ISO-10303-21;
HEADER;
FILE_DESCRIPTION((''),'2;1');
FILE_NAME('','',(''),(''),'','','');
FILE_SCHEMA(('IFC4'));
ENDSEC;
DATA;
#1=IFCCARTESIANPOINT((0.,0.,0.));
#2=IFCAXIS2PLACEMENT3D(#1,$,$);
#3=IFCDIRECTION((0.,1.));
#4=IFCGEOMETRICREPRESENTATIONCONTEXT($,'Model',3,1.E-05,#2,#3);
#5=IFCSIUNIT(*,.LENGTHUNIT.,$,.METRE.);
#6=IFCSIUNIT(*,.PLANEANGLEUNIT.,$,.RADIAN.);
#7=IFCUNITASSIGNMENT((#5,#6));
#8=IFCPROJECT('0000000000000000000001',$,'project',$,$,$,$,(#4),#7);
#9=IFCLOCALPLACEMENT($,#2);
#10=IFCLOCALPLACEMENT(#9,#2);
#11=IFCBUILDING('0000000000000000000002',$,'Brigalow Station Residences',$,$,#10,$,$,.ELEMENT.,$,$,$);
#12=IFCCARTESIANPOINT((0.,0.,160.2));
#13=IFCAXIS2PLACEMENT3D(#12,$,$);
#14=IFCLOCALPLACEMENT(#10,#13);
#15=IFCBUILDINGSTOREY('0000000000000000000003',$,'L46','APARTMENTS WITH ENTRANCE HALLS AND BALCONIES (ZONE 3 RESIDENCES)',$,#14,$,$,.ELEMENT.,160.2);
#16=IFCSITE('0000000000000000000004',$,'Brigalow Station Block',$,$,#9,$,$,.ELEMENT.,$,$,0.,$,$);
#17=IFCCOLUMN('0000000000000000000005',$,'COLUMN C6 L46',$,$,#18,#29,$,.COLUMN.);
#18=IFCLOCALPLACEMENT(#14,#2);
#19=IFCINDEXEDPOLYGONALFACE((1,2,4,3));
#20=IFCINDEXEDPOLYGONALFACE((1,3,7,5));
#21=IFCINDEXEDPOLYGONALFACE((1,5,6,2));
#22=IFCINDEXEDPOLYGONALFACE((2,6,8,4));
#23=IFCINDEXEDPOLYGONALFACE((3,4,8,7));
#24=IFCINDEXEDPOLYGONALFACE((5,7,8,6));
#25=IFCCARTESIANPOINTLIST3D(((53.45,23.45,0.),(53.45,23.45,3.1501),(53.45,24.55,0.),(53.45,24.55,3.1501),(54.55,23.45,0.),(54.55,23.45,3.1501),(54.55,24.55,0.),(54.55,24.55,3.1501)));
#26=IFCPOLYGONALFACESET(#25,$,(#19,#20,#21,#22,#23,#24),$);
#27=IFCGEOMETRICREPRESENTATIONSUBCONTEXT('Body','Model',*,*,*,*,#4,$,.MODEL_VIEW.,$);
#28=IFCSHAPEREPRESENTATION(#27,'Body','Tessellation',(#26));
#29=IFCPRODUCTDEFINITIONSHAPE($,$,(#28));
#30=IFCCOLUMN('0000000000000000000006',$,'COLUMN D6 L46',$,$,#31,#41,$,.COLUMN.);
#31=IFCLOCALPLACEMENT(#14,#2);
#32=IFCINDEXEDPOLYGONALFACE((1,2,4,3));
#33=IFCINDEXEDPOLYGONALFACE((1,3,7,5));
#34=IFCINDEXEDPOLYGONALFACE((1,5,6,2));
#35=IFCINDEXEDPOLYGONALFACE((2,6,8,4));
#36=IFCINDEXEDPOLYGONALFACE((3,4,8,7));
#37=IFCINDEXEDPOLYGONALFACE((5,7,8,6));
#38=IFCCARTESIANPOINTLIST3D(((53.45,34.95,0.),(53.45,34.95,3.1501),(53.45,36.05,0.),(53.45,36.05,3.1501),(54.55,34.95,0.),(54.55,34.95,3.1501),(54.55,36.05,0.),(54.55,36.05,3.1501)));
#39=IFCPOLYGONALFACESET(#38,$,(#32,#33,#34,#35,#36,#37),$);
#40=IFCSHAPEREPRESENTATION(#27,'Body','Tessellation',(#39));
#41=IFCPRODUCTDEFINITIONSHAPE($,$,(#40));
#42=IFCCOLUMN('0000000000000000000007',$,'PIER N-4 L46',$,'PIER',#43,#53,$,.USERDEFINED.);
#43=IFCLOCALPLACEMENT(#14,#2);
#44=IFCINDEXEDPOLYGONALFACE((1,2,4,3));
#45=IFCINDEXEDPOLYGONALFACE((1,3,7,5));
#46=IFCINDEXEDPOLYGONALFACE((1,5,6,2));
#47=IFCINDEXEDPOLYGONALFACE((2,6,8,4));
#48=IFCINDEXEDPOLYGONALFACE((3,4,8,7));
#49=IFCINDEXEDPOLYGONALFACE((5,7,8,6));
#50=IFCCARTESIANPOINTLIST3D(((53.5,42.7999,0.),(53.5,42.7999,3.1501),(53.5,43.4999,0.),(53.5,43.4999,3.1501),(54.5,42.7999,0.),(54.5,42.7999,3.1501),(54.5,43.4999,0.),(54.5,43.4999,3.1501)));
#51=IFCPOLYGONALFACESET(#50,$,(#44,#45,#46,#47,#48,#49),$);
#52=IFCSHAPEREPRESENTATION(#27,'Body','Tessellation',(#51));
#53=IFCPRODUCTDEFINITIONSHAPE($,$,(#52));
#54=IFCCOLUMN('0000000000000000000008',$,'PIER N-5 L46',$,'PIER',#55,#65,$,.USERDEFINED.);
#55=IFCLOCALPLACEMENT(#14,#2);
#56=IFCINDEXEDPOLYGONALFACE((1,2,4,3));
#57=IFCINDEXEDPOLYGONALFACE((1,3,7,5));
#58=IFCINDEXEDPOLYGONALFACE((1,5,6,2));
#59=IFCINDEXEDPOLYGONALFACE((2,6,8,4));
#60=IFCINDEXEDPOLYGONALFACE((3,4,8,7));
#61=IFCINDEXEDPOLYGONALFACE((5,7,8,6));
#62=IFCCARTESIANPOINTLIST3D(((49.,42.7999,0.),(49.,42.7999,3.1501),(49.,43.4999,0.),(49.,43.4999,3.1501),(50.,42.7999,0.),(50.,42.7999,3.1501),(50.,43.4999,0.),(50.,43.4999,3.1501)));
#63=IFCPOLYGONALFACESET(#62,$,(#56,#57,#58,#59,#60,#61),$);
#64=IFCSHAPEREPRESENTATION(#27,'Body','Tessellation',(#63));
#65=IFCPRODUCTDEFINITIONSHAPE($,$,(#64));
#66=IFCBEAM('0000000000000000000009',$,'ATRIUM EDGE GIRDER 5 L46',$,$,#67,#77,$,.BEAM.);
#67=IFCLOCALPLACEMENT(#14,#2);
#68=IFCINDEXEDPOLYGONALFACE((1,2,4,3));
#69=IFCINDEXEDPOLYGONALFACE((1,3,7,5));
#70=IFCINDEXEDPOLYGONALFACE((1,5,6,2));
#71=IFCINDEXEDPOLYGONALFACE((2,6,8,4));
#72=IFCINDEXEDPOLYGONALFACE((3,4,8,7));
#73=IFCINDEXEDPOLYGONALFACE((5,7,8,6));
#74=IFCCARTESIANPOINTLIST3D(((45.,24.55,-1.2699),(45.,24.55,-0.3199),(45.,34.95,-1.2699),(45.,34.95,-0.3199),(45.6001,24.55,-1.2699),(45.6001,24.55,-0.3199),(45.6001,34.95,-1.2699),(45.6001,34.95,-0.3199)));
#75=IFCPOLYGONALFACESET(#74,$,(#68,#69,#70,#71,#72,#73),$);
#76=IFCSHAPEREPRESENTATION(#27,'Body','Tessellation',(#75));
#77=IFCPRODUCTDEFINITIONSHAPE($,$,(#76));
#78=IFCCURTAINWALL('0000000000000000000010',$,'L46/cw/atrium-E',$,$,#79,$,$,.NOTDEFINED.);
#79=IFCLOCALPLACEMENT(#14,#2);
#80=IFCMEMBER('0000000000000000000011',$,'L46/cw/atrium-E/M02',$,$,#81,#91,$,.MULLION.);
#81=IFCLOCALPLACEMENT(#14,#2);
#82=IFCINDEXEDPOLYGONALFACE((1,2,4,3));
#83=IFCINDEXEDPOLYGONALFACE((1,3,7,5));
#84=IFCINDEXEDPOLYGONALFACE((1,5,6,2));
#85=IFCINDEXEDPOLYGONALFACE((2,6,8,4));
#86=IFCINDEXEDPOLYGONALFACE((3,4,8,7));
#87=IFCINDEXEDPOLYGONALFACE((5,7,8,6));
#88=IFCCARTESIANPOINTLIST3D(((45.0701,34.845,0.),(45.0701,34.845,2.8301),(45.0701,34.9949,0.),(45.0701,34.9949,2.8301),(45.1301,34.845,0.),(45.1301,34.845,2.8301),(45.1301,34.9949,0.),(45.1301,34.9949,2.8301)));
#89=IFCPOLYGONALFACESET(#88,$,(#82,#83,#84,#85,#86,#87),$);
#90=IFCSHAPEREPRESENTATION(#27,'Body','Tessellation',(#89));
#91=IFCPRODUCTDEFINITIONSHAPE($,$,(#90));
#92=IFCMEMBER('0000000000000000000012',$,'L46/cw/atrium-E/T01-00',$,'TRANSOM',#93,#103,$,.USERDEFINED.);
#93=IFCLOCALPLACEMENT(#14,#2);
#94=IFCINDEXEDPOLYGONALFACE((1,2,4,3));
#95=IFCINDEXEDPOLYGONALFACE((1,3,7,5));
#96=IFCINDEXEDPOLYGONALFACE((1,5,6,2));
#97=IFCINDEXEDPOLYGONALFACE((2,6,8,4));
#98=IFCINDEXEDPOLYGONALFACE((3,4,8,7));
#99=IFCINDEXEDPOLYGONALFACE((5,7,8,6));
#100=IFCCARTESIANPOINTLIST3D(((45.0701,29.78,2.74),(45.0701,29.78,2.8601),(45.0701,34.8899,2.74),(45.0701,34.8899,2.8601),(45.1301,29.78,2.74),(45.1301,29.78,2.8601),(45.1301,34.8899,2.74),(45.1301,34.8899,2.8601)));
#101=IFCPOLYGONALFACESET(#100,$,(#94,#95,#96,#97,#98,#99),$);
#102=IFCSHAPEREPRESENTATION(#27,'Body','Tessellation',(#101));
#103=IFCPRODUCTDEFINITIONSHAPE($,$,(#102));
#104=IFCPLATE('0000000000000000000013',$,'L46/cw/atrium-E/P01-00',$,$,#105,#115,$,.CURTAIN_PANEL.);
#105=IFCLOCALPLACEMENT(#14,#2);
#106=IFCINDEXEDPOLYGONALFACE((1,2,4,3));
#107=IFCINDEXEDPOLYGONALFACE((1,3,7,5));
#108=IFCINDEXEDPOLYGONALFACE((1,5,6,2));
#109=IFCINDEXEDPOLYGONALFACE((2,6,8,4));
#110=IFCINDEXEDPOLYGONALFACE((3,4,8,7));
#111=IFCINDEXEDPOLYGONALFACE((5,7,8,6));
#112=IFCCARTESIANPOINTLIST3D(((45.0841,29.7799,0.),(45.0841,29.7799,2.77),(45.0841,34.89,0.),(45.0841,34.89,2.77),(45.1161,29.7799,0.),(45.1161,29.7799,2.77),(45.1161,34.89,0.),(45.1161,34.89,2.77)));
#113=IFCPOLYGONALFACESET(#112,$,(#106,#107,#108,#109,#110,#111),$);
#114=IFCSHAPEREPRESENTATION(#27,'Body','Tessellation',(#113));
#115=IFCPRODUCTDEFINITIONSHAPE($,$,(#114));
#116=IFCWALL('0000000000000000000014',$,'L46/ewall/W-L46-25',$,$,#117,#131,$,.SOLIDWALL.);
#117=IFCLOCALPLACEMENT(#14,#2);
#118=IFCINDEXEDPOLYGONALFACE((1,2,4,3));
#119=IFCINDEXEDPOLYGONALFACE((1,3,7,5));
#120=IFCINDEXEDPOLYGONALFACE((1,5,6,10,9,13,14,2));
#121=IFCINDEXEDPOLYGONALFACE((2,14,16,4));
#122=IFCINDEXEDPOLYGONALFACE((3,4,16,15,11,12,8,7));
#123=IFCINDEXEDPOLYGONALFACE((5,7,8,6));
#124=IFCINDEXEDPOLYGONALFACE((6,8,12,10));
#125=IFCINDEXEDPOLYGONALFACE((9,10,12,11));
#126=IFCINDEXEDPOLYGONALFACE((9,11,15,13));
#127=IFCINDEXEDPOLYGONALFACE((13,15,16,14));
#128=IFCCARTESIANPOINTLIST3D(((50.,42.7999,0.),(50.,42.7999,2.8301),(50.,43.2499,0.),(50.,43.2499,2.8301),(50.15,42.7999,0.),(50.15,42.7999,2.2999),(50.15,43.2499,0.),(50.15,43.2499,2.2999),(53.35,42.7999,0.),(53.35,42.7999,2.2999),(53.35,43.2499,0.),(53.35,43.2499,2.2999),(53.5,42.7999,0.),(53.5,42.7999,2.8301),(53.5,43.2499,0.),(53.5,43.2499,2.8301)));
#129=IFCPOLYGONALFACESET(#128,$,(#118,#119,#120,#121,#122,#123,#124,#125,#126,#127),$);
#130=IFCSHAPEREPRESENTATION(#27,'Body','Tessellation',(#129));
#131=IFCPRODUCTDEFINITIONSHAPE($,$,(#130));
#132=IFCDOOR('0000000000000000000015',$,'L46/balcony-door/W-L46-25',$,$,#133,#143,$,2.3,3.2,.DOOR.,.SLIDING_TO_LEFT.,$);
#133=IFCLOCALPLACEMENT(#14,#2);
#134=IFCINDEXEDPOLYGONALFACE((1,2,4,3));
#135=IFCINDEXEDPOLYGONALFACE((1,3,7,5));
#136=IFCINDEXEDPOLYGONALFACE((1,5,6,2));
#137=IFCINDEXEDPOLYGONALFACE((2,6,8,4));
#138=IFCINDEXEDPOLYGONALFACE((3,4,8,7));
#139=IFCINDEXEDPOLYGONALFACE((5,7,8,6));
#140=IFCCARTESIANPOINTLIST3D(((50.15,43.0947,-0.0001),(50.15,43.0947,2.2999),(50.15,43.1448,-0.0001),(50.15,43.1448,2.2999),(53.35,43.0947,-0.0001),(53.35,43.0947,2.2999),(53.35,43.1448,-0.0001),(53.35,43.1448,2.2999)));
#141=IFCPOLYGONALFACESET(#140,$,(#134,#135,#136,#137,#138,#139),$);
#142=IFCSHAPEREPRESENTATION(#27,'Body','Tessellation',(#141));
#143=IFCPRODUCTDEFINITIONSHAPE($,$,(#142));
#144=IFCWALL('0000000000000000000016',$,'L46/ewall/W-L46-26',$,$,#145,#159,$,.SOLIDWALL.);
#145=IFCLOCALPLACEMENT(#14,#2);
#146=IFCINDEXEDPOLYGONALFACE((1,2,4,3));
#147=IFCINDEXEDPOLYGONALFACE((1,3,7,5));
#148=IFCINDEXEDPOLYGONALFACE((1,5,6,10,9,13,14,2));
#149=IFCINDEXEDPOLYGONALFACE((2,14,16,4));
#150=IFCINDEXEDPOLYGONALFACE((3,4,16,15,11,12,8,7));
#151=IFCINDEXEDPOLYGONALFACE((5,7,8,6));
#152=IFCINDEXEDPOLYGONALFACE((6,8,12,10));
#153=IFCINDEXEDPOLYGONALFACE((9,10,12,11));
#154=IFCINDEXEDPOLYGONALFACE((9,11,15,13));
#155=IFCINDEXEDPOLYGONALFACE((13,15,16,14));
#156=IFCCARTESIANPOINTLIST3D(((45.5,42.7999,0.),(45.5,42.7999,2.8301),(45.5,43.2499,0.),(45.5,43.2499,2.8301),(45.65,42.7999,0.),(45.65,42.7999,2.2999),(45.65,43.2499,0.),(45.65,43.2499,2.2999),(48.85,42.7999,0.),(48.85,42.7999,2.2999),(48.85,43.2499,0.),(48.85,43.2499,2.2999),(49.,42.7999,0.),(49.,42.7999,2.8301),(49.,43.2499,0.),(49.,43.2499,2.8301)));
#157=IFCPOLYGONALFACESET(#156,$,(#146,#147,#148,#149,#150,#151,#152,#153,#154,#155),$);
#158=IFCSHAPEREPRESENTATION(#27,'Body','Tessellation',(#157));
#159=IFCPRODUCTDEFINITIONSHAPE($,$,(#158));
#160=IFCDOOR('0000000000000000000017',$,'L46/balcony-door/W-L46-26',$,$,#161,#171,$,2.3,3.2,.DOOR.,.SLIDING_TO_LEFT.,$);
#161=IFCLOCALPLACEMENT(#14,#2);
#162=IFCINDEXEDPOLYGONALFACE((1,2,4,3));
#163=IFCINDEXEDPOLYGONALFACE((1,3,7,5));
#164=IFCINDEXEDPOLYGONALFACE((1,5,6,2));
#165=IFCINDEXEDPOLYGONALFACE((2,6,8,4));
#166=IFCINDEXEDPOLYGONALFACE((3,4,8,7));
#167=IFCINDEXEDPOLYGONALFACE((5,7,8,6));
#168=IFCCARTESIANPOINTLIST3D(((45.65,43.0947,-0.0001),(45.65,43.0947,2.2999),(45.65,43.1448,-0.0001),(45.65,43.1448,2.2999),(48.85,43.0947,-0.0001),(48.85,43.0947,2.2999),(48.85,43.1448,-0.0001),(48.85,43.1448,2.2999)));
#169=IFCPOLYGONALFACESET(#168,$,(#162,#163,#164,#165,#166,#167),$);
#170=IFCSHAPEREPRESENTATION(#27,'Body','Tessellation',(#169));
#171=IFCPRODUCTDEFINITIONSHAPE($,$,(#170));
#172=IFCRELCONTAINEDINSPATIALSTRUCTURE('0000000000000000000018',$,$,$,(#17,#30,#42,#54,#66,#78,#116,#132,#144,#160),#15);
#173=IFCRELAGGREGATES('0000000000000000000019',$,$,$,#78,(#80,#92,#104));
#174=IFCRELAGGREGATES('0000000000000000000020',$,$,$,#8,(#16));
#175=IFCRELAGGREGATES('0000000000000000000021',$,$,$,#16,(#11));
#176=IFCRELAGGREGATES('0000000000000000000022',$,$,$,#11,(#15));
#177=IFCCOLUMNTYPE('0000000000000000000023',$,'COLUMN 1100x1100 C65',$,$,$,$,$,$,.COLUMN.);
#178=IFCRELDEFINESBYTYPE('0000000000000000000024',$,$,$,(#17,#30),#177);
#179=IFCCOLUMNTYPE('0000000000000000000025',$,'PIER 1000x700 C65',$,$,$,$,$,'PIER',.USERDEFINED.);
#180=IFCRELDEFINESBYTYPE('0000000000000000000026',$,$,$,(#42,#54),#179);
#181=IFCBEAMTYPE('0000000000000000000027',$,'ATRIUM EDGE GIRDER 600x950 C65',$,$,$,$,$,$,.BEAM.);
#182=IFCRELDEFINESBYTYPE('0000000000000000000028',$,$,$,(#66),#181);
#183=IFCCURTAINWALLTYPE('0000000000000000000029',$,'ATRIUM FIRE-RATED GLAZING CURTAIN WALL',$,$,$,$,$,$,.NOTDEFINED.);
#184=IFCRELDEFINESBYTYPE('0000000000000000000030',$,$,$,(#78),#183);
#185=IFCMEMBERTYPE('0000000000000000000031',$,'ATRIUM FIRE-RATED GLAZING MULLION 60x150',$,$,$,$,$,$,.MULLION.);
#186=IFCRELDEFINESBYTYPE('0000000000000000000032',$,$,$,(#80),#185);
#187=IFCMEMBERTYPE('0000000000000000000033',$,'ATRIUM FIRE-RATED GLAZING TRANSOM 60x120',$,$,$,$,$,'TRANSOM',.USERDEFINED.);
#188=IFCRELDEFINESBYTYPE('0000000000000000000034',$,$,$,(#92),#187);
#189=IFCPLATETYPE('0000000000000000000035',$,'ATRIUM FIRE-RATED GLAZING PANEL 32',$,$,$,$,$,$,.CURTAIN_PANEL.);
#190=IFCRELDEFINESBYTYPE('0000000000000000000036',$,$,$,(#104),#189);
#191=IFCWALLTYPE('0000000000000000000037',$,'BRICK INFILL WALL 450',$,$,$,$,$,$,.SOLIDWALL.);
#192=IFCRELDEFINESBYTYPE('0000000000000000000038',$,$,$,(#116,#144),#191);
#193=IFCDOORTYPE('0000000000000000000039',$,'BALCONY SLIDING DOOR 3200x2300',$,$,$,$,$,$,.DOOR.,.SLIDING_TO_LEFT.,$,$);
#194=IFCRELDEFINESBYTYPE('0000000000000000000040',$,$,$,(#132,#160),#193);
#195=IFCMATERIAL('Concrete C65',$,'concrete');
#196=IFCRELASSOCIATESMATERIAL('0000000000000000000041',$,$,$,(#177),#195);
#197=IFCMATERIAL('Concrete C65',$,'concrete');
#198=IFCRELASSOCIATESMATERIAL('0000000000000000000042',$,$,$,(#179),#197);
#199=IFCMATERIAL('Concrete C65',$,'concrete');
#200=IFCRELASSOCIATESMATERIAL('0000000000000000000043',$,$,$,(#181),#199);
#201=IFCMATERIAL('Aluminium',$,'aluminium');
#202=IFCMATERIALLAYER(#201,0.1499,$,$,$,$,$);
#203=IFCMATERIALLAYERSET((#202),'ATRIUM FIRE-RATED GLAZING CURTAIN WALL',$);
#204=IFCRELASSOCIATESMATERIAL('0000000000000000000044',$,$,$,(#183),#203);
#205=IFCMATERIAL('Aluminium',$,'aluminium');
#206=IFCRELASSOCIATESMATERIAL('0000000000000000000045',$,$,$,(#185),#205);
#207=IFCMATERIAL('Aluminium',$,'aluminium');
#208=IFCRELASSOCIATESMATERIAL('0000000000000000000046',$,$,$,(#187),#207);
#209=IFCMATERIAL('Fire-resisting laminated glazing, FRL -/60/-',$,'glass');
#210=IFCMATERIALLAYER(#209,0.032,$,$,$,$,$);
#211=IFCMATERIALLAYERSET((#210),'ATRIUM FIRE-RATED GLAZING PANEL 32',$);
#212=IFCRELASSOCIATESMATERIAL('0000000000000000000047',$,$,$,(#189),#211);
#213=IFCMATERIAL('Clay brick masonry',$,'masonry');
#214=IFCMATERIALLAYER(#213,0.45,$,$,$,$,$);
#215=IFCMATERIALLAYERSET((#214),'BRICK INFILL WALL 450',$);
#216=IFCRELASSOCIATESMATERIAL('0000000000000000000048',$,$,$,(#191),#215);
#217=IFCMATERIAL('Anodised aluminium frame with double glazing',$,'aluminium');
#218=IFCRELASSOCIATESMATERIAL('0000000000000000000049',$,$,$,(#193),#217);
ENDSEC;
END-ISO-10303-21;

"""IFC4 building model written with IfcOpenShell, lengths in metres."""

from ifc_helpers import new_model, si_unit, direction, frame, frame_2d, origin, origin_2d, place, context, subcontext, project, spatial, rectangle, extrude, material, layer, layer_set, material_profile, profile_set, type_object, element, fill, aggregate, save


model = new_model("IFC4")

# Units and contexts
model_context = context("Model", 3, precision=1e-05, world=origin(), true_north=direction((0.0, 1.0)))
body_context = subcontext(model_context, "Body", "Model", "MODEL_VIEW")
ifc_project = project(units=[si_unit("LENGTHUNIT", "METRE"), si_unit("PLANEANGLEUNIT", "RADIAN")], contexts=[model_context])

# Site, building, storey
site_placement = place(None, origin())
site = spatial("IfcSite", under=ifc_project, at=site_placement, Name="Brigalow Station Block", CompositionType="ELEMENT", RefElevation=0.0)
building_placement = place(site_placement, origin())
building = spatial("IfcBuilding", under=site, at=building_placement, Name="Brigalow Station Residences", CompositionType="ELEMENT")
storey_placement = place(building_placement, frame((0.0, 0.0, 160.2)))
storey = spatial("IfcBuildingStorey", under=building, at=storey_placement, Name="L46", Description="APARTMENTS WITH ENTRANCE HALLS AND BALCONIES (ZONE 3 RESIDENCES)", CompositionType="ELEMENT", Elevation=160.2)

# Columns
ifc_material_1 = material(Name="Concrete C65", Category="concrete")
ifc_material_profile_1 = material_profile(ifc_material_1, rectangle(XDim=1.1001, YDim=1.1001, at=origin_2d()), Name="RC1100x1100")
ifc_profile_set_1 = profile_set([ifc_material_profile_1], Name="Concrete C65")
column_type_1 = type_object("IfcColumnType", Name="COLUMN 1100x1100 C65", PredefinedType="COLUMN", material=ifc_profile_set_1)
for number, where, z_axis, x_axis, name in (
    (1, (54.0, 24.0, 0.0), (0.0, 0.0, 1.0), (1.0, 0.0, 0.0), "COLUMN C6 L46"),
    (2, (54.0, 35.5, 0.0), (0.0, 0.0, 1.0), (1.0, 0.0, 0.0), "COLUMN D6 L46"),
):
    element("IfcColumn", number, at=place(storey_placement, frame(where, z_axis=z_axis, x_axis=x_axis)), inside=storey, type_object=column_type_1, Name=name, PredefinedType="COLUMN", context=body_context, shape_type="SweptSolid", body=[
        extrude(rectangle(XDim=1.1001, YDim=1.1001, at=origin_2d()), origin(), (0.0, 0.0, 1.0), 3.1501),
    ])
ifc_material_2 = material(Name="Concrete C65", Category="concrete")
ifc_material_profile_2 = material_profile(ifc_material_2, rectangle(XDim=1.0, YDim=0.7, at=origin_2d()), Name="RC1000x700")
ifc_profile_set_2 = profile_set([ifc_material_profile_2], Name="Concrete C65")
column_type_2 = type_object("IfcColumnType", Name="PIER 1000x700 C65", ElementType="PIER", PredefinedType="USERDEFINED", material=ifc_profile_set_2)
for number, where, z_axis, x_axis, name in (
    (3, (54.0, 43.1499, 0.0), (0.0, 0.0, 1.0), (-1.0, 0.0, 0.0), "PIER N-4 L46"),
    (4, (49.5, 43.1499, 0.0), (0.0, 0.0, 1.0), (-1.0, 0.0, 0.0), "PIER N-5 L46"),
):
    element("IfcColumn", number, at=place(storey_placement, frame(where, z_axis=z_axis, x_axis=x_axis)), inside=storey, type_object=column_type_2, Name=name, ObjectType="PIER", PredefinedType="USERDEFINED", context=body_context, shape_type="SweptSolid", body=[
        extrude(rectangle(XDim=1.0, YDim=0.7, at=origin_2d()), origin(), (0.0, 0.0, 1.0), 3.1501),
    ])

# Beam
ifc_material_3 = material(Name="Concrete C65", Category="concrete")
ifc_material_profile_3 = material_profile(ifc_material_3, rectangle(XDim=0.6001, YDim=0.95, at=origin_2d()), Name="RC600x950")
ifc_profile_set_3 = profile_set([ifc_material_profile_3], Name="Concrete C65")
beam_type = type_object("IfcBeamType", Name="ATRIUM EDGE GIRDER 600x950 C65", PredefinedType="BEAM", material=ifc_profile_set_3)
beam_placement = place(storey_placement, frame((45.3, 24.55, -0.7949), z_axis=(0.0, 1.0, 0.0), x_axis=(-1.0, 0.0, 0.0)))
element("IfcBeam", 5, at=beam_placement, inside=storey, type_object=beam_type, Name="ATRIUM EDGE GIRDER 5 L46", PredefinedType="BEAM", context=body_context, shape_type="SweptSolid", body=[
    extrude(rectangle(XDim=0.6001, YDim=0.95, at=origin_2d()), origin(), (0.0, 0.0, 1.0), 10.3999),
])

# Curtain wall, members, plate
ifc_material_4 = material(Name="Aluminium", Category="aluminium")
ifc_layer_1 = layer(ifc_material_4, 0.1499)
ifc_layer_set_1 = layer_set([ifc_layer_1], Name="ATRIUM FIRE-RATED GLAZING CURTAIN WALL")
curtain_wall_type = type_object("IfcCurtainWallType", Name="ATRIUM FIRE-RATED GLAZING CURTAIN WALL", PredefinedType="NOTDEFINED", material=ifc_layer_set_1)
curtain_wall_placement = place(storey_placement, origin())
curtain_wall = element("IfcCurtainWall", 6, at=curtain_wall_placement, inside=storey, type_object=curtain_wall_type, Name="L46/cw/atrium-E", PredefinedType="NOTDEFINED")
ifc_material_5 = material(Name="Aluminium", Category="aluminium")
ifc_material_profile_4 = material_profile(ifc_material_5, rectangle(XDim=0.0601, YDim=0.1499, at=origin_2d()), Name="ATRIUM FIRE-RATED GLAZING MULLION 60x150")
ifc_profile_set_4 = profile_set([ifc_material_profile_4], Name="Aluminium")
member_type_1 = type_object("IfcMemberType", Name="ATRIUM FIRE-RATED GLAZING MULLION 60x150", PredefinedType="MULLION", material=ifc_profile_set_4)
member_1_placement = place(storey_placement, frame((45.1001, 34.9199, 0.0), z_axis=(0.0, 0.0, 1.0), x_axis=(-1.0, 0.0, 0.0)))
member_1 = element("IfcMember", 7, at=member_1_placement, type_object=member_type_1, Name="L46/cw/atrium-E/M02", PredefinedType="MULLION", context=body_context, shape_type="SweptSolid", body=[
    extrude(rectangle(XDim=0.0601, YDim=0.1499, at=origin_2d()), origin(), (0.0, 0.0, 1.0), 2.8301),
])
ifc_material_6 = material(Name="Aluminium", Category="aluminium")
ifc_material_profile_5 = material_profile(ifc_material_6, rectangle(XDim=0.0601, YDim=0.1201, at=origin_2d()), Name="ATRIUM FIRE-RATED GLAZING TRANSOM 60x120")
ifc_profile_set_5 = profile_set([ifc_material_profile_5], Name="Aluminium")
member_type_2 = type_object("IfcMemberType", Name="ATRIUM FIRE-RATED GLAZING TRANSOM 60x120", ElementType="TRANSOM", PredefinedType="USERDEFINED", material=ifc_profile_set_5)
member_2_placement = place(storey_placement, frame((45.1001, 29.78, 2.8), z_axis=(0.0, 1.0, 0.0), x_axis=(-1.0, 0.0, 0.0)))
member_2 = element("IfcMember", 8, at=member_2_placement, type_object=member_type_2, Name="L46/cw/atrium-E/T01-00", ObjectType="TRANSOM", PredefinedType="USERDEFINED", context=body_context, shape_type="SweptSolid", body=[
    extrude(rectangle(XDim=0.0601, YDim=0.1201, at=origin_2d()), origin(), (0.0, 0.0, 1.0), 5.1099),
])
ifc_material_7 = material(Name="Fire-resisting laminated glazing, FRL -/60/-", Category="glass")
ifc_layer_2 = layer(ifc_material_7, 0.032)
ifc_layer_set_2 = layer_set([ifc_layer_2], Name="ATRIUM FIRE-RATED GLAZING PANEL 32")
plate_type = type_object("IfcPlateType", Name="ATRIUM FIRE-RATED GLAZING PANEL 32", PredefinedType="CURTAIN_PANEL", material=ifc_layer_set_2)
plate_placement = place(storey_placement, frame((45.1001, 32.335, 0.0), z_axis=(0.0, 0.0, 1.0), x_axis=(0.0, 1.0, 0.0)))
plate = element("IfcPlate", 9, at=plate_placement, type_object=plate_type, Name="L46/cw/atrium-E/P01-00", PredefinedType="CURTAIN_PANEL", context=body_context, shape_type="SweptSolid", body=[
    extrude(rectangle(XDim=5.1101, YDim=0.032, at=origin_2d()), origin(), (0.0, 0.0, 1.0), 2.77),
])
aggregate(curtain_wall, [member_1, member_2, plate])

# Walls, openings, doors
ifc_material_8 = material(Name="Clay brick masonry", Category="masonry")
ifc_layer_3 = layer(ifc_material_8, 0.45)
ifc_layer_set_3 = layer_set([ifc_layer_3], Name="BRICK INFILL WALL 450")
wall_type_1 = type_object("IfcWallType", Name="BRICK INFILL WALL 450", PredefinedType="SOLIDWALL", material=ifc_layer_set_3)
wall_1_placement = place(storey_placement, frame((53.5, 43.0249, 0.0), z_axis=(0.0, 0.0, 1.0), x_axis=(-1.0, 0.0, 0.0)))
wall_1 = element("IfcWall", 10, at=wall_1_placement, inside=storey, type_object=wall_type_1, Name="L46/ewall/W-L46-25", PredefinedType="SOLIDWALL", context=body_context, shape_type="SweptSolid", body=[
    extrude(rectangle(XDim=3.5, YDim=0.45, at=frame_2d((1.75, 0.0))), origin(), (0.0, 0.0, 1.0), 2.8301),
])
opening_1_placement = place(wall_1_placement, frame((0.1499, 0.0, 0.0)))
opening_1 = element("IfcOpeningElement", 11, at=opening_1_placement, cuts=wall_1, PredefinedType="OPENING", context=body_context, shape_type="SweptSolid", body=[
    extrude(rectangle(XDim=3.2, YDim=2.3, at=frame_2d((1.6001, 1.1499))), frame((0.0, 0.2349, 0.0), z_axis=(0.0, -1.0, 0.0), x_axis=(1.0, 0.0, 0.0)), (0.0, 0.0, 1.0), 0.47),
])
ifc_material_9 = material(Name="Anodised aluminium frame with double glazing", Category="aluminium")
door_type_1 = type_object("IfcDoorType", Name="BALCONY SLIDING DOOR 3200x2300", OperationType="SLIDING_TO_LEFT", PredefinedType="DOOR", material=ifc_material_9)
door_1_placement = place(opening_1_placement, origin())
door_1 = element("IfcDoor", 12, at=door_1_placement, inside=storey, type_object=door_type_1, Name="L46/balcony-door/W-L46-25", OperationType="SLIDING_TO_LEFT", OverallHeight=2.3, OverallWidth=3.2, PredefinedType="DOOR", context=body_context, shape_type="SweptSolid", body=[
    extrude(rectangle(XDim=3.2, YDim=2.3, at=frame_2d((1.6001, 1.1499))), frame((0.0, -0.0698, 0.0), z_axis=(0.0, -1.0, 0.0), x_axis=(1.0, 0.0, 0.0)), (0.0, 0.0, 1.0), 0.05),
])
fill(opening_1, door_1)
wall_2_placement = place(storey_placement, frame((49.0, 43.0249, 0.0), z_axis=(0.0, 0.0, 1.0), x_axis=(-1.0, 0.0, 0.0)))
wall_2 = element("IfcWall", 13, at=wall_2_placement, inside=storey, type_object=wall_type_1, Name="L46/ewall/W-L46-26", PredefinedType="SOLIDWALL", context=body_context, shape_type="SweptSolid", body=[
    extrude(rectangle(XDim=3.5, YDim=0.45, at=frame_2d((1.75, 0.0))), origin(), (0.0, 0.0, 1.0), 2.8301),
])
opening_2_placement = place(wall_2_placement, frame((0.1499, 0.0, 0.0)))
opening_2 = element("IfcOpeningElement", 14, at=opening_2_placement, cuts=wall_2, PredefinedType="OPENING", context=body_context, shape_type="SweptSolid", body=[
    extrude(rectangle(XDim=3.2, YDim=2.3, at=frame_2d((1.6001, 1.1499))), frame((0.0, 0.2349, 0.0), z_axis=(0.0, -1.0, 0.0), x_axis=(1.0, 0.0, 0.0)), (0.0, 0.0, 1.0), 0.47),
])
door_2_placement = place(opening_2_placement, origin())
door_2 = element("IfcDoor", 15, at=door_2_placement, inside=storey, type_object=door_type_1, Name="L46/balcony-door/W-L46-26", OperationType="SLIDING_TO_LEFT", OverallHeight=2.3, OverallWidth=3.2, PredefinedType="DOOR", context=body_context, shape_type="SweptSolid", body=[
    extrude(rectangle(XDim=3.2, YDim=2.3, at=frame_2d((1.6001, 1.1499))), frame((0.0, -0.0698, 0.0), z_axis=(0.0, -1.0, 0.0), x_axis=(1.0, 0.0, 0.0)), (0.0, 0.0, 1.0), 0.05),
])
fill(opening_2, door_2)

save(model, "model.ifc")
